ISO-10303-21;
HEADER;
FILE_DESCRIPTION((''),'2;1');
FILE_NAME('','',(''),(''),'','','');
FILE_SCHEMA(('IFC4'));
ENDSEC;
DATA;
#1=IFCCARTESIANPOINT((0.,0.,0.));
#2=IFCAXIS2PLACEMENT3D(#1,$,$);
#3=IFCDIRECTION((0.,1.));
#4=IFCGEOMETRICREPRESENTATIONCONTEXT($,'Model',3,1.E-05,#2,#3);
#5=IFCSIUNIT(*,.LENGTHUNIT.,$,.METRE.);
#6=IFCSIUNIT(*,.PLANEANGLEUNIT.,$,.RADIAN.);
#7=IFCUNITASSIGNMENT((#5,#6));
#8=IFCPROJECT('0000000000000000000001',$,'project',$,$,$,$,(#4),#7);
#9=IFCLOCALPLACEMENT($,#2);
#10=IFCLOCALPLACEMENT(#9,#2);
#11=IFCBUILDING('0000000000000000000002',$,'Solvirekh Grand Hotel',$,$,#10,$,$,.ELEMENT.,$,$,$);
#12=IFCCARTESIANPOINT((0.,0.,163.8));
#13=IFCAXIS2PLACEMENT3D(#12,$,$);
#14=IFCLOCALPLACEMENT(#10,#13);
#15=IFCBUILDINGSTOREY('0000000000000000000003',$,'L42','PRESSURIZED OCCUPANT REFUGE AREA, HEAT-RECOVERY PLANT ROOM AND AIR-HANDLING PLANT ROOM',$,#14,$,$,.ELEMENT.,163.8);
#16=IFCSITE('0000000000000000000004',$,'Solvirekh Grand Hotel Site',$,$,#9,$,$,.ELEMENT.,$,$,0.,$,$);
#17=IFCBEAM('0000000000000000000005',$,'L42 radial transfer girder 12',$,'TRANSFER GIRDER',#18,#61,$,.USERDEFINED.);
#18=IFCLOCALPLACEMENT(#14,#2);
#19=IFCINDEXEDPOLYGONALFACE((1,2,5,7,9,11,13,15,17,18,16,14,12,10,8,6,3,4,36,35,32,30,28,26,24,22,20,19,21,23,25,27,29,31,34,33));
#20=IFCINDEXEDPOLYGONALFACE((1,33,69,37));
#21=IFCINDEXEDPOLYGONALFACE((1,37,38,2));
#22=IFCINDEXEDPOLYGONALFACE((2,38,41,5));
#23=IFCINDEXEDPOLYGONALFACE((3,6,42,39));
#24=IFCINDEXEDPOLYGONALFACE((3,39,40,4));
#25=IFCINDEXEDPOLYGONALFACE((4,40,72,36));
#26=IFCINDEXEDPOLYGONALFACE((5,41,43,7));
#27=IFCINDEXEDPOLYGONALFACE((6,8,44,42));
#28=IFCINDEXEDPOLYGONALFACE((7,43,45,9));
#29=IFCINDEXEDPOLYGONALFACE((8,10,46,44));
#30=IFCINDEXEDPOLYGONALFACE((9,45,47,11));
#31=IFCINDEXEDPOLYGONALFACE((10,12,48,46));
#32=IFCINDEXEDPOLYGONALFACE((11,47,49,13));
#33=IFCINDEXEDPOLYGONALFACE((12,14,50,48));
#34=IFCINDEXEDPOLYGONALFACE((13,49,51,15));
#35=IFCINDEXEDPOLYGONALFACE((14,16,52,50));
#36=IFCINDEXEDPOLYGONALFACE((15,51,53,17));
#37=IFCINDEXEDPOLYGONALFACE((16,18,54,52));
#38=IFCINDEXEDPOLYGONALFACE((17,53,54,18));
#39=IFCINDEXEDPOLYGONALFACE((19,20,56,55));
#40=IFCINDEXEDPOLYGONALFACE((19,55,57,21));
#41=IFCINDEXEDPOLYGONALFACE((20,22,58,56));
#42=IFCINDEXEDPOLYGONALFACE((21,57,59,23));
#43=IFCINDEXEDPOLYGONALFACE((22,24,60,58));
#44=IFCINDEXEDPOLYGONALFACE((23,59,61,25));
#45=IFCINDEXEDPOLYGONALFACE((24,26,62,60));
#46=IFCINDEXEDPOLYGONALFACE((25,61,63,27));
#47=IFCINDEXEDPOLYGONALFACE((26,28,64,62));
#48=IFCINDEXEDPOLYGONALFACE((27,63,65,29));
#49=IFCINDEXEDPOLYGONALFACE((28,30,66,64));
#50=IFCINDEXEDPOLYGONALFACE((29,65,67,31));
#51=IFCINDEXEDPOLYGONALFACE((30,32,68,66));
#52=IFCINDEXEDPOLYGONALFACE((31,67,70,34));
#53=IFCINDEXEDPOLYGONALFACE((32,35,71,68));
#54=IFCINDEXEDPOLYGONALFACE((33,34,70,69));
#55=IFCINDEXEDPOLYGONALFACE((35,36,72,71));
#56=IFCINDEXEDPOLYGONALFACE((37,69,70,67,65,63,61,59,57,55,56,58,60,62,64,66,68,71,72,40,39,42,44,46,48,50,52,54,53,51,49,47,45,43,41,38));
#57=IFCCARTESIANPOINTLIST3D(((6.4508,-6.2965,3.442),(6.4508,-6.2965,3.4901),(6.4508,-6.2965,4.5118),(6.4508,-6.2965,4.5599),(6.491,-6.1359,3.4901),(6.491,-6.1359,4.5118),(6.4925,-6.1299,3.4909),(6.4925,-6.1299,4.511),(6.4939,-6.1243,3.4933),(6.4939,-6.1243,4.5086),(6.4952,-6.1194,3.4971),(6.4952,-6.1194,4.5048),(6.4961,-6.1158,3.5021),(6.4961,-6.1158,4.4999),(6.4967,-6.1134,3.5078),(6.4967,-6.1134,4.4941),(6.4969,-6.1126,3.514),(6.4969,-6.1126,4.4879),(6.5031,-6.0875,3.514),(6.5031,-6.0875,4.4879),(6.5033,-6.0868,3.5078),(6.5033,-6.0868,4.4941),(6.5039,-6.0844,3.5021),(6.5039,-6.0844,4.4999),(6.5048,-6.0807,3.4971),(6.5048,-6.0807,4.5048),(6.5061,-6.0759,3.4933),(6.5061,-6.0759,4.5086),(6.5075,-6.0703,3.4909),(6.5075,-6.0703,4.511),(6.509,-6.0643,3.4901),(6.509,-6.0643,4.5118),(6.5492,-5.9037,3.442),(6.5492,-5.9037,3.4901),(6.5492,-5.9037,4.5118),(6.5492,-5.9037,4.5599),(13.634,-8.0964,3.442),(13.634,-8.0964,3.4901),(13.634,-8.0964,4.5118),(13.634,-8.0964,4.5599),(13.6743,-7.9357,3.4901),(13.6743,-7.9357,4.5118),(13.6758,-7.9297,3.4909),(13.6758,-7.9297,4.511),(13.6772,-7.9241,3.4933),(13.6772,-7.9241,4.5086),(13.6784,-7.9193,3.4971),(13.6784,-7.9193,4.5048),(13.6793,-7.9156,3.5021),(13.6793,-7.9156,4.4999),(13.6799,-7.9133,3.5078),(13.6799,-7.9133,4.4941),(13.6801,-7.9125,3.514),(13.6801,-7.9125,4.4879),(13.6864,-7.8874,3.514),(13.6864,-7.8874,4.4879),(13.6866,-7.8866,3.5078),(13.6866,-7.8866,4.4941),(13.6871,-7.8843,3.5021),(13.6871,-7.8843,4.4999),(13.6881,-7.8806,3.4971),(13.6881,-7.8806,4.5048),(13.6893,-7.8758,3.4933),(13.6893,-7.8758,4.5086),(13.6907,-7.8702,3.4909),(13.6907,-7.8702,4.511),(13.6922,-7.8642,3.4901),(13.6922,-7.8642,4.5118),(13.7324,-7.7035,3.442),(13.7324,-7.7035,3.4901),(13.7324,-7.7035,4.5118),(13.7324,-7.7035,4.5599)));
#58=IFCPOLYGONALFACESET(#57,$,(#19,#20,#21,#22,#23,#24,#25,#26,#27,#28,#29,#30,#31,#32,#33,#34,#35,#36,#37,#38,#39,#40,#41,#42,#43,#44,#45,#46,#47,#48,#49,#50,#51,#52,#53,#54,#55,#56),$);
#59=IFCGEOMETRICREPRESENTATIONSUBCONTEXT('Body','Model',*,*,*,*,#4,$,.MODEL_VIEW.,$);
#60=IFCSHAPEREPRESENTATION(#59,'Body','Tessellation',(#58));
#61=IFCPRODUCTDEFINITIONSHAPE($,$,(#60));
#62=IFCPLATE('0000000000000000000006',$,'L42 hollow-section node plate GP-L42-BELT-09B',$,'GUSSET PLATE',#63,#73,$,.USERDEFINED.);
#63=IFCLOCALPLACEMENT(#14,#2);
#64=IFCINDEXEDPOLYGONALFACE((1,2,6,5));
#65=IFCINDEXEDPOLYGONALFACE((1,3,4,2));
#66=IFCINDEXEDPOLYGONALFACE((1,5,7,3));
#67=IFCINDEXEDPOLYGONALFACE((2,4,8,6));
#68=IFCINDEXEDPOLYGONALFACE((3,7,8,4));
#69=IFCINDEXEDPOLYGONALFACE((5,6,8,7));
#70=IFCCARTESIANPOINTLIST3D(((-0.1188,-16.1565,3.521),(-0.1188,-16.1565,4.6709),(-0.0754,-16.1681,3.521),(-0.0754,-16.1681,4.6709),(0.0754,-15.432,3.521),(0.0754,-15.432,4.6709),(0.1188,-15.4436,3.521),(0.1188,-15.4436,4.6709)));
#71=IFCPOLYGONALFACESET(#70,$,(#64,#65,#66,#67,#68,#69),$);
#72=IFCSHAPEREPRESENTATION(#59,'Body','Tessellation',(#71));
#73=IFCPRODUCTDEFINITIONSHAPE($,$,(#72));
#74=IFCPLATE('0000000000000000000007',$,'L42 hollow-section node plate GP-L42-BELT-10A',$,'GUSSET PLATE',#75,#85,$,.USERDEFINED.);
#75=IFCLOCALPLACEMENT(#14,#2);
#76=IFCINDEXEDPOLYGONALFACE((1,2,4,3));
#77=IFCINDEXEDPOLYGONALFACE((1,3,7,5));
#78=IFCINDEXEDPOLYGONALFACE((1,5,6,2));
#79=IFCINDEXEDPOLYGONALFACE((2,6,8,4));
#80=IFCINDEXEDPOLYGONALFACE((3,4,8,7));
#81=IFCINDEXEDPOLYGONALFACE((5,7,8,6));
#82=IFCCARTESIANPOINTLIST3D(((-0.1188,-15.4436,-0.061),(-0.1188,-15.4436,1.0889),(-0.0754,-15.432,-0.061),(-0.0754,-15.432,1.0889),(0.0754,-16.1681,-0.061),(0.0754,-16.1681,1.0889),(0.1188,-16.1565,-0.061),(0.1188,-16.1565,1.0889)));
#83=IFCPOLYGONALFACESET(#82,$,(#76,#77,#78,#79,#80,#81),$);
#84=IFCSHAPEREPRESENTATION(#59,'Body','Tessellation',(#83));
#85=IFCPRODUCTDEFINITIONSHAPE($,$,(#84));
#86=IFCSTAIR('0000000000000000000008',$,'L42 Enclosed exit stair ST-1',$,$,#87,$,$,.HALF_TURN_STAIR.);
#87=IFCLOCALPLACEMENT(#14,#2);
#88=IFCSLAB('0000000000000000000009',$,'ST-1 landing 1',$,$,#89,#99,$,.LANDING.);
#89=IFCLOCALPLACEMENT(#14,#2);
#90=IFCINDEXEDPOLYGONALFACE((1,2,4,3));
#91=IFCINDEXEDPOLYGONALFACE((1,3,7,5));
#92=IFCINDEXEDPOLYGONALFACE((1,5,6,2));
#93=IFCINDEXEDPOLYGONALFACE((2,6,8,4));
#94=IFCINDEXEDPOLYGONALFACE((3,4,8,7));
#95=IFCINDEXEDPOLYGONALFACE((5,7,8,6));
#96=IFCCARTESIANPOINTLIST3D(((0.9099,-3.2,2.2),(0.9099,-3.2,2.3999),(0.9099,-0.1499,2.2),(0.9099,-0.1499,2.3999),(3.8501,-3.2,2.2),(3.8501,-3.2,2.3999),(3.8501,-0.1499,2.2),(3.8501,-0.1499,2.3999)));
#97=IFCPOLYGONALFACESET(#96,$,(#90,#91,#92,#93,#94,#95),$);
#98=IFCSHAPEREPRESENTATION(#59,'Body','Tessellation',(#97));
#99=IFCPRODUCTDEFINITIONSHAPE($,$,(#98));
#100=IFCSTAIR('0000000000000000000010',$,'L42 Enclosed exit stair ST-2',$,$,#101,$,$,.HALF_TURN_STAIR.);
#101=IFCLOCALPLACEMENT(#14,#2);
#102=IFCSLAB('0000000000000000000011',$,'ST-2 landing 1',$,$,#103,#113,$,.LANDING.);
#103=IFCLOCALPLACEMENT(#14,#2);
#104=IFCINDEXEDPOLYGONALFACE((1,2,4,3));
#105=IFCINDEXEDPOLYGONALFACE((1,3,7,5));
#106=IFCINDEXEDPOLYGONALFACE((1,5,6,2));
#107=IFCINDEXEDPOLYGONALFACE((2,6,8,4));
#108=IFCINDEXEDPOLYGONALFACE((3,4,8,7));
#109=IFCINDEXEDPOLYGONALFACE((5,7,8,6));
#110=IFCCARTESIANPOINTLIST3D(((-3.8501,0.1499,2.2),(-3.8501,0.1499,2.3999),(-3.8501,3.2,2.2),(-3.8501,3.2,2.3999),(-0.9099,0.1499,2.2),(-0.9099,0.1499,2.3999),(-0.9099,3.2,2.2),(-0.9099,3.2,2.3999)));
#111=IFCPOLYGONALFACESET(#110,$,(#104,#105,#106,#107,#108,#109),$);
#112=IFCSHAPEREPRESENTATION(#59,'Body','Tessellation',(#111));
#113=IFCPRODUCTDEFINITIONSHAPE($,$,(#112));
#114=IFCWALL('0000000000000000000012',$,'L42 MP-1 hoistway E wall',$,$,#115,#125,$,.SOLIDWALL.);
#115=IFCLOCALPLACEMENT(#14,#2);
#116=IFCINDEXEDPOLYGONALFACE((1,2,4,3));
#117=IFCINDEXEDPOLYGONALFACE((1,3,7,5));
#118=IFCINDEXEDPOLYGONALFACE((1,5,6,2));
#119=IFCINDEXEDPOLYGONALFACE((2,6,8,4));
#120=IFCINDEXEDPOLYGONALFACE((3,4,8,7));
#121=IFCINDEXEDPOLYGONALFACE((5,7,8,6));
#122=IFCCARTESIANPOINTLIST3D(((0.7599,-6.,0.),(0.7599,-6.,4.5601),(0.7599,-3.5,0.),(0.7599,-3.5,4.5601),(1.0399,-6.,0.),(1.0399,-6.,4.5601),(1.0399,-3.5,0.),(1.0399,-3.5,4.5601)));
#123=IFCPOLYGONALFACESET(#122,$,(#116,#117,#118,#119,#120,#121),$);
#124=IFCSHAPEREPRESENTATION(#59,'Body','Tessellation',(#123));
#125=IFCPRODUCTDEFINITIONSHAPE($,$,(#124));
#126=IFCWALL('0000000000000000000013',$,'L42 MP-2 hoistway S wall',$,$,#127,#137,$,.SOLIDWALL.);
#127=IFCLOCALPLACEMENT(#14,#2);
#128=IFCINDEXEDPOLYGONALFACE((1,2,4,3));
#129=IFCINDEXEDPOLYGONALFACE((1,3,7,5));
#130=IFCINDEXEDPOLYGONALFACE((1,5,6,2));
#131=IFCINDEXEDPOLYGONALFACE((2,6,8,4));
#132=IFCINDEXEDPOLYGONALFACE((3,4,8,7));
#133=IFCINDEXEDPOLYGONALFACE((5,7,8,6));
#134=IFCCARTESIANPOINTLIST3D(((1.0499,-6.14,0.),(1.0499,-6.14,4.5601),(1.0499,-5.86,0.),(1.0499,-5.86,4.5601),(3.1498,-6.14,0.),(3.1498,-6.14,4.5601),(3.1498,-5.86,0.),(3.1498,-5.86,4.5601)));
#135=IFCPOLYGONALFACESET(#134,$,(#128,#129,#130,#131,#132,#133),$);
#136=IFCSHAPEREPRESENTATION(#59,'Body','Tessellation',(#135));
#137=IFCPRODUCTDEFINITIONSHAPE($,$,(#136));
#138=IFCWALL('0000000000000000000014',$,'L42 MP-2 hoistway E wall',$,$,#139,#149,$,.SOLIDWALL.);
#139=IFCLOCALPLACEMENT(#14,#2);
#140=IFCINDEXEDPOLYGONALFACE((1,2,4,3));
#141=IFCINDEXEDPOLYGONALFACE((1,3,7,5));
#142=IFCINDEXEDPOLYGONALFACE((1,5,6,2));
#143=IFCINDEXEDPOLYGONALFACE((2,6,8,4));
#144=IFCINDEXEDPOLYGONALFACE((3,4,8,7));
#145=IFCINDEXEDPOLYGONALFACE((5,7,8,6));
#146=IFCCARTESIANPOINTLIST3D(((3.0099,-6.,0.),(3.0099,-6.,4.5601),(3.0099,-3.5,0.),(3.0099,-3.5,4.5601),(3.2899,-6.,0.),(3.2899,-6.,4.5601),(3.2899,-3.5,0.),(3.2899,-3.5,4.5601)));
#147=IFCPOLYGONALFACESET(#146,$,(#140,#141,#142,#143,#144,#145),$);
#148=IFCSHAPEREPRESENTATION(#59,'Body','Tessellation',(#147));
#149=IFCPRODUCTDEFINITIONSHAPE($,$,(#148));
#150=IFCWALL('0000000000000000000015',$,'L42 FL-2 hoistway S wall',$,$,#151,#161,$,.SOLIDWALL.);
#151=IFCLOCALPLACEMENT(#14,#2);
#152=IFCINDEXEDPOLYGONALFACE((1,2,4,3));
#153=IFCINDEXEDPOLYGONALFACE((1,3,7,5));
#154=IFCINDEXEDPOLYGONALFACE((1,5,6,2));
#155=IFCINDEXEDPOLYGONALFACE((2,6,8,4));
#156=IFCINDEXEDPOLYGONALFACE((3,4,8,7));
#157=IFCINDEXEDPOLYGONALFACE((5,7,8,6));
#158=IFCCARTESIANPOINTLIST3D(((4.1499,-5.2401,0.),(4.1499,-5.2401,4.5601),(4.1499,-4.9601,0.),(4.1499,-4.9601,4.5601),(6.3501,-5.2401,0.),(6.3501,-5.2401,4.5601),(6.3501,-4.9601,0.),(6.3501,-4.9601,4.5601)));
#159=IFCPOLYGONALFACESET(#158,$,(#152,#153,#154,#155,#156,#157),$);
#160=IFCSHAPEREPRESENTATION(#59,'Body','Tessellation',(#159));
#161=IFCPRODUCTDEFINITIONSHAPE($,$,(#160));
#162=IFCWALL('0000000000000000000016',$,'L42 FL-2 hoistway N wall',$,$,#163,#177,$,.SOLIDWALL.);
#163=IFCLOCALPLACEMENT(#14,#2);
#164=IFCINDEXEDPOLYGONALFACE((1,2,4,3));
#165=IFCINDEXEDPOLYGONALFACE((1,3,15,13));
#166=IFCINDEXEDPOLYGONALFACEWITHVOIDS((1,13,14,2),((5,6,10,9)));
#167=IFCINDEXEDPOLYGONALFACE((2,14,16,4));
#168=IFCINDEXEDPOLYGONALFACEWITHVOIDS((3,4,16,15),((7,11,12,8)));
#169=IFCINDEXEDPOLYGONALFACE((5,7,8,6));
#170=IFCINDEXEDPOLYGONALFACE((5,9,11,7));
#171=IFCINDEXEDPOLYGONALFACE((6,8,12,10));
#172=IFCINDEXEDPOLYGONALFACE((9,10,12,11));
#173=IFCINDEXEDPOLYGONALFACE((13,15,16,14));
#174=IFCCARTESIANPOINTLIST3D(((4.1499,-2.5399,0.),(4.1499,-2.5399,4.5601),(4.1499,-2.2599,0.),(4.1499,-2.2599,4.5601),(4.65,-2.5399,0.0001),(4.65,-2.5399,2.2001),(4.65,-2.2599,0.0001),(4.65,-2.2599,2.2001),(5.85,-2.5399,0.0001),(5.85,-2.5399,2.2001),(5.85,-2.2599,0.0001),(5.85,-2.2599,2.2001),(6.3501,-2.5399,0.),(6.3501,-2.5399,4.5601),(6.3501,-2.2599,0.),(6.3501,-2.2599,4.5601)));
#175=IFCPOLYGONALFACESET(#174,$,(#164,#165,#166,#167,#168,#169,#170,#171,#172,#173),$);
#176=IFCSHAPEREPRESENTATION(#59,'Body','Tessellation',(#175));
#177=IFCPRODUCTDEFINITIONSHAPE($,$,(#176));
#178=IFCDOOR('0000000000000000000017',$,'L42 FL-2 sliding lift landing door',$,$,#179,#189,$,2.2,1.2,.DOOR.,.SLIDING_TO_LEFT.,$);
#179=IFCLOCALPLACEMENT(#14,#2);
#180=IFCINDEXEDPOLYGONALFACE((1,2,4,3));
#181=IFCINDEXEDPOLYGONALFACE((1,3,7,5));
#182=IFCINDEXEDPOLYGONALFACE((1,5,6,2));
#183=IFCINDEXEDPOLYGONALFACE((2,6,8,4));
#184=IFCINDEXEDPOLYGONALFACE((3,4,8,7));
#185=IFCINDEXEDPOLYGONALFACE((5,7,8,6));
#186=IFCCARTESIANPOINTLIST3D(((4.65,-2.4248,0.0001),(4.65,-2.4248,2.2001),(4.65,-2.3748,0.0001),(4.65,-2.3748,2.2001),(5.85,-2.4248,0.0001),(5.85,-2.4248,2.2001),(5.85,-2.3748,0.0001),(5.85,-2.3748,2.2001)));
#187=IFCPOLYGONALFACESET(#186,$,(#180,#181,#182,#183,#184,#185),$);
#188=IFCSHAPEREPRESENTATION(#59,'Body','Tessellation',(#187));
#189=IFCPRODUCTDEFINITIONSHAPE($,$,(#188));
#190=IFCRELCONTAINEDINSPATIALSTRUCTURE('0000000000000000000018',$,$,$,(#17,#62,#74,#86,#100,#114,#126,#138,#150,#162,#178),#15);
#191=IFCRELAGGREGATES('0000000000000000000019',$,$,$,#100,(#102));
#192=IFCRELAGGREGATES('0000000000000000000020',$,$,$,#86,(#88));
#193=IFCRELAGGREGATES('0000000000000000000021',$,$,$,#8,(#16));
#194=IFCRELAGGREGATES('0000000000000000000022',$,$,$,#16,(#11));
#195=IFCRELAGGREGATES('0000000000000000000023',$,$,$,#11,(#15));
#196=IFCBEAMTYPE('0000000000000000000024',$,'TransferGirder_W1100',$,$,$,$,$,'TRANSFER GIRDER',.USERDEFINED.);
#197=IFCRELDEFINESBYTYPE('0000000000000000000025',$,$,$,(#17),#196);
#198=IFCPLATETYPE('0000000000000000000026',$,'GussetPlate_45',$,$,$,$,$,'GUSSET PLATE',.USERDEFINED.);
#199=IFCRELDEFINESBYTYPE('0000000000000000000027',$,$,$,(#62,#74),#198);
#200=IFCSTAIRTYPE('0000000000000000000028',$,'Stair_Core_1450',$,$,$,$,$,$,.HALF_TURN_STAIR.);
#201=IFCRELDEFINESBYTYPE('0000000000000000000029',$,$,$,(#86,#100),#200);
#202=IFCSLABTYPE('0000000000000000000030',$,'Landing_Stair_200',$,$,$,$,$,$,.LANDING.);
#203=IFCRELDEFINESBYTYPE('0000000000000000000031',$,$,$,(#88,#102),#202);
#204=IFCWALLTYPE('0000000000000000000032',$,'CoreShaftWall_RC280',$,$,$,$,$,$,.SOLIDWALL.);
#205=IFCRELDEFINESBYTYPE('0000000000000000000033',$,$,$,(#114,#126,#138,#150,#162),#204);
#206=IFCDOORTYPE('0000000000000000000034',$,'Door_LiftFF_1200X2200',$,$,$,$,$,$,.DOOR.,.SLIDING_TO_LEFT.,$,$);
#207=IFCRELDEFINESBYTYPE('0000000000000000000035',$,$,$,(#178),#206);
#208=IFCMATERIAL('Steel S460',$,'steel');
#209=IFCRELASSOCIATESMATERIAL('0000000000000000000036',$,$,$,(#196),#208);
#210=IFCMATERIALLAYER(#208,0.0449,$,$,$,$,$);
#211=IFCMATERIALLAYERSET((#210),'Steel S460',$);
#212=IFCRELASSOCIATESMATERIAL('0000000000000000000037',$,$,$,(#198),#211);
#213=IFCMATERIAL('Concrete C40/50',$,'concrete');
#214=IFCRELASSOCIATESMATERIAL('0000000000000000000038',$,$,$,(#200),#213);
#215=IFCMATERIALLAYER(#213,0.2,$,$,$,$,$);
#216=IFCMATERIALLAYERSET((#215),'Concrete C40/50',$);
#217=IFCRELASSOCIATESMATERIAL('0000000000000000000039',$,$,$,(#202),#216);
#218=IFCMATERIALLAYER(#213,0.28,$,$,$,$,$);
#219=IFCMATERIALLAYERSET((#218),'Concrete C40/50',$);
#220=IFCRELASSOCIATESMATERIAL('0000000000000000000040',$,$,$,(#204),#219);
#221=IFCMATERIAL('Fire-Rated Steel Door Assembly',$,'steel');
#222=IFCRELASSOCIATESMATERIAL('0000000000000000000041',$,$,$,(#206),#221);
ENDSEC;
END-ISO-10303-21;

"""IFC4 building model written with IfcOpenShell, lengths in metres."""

from ifc_helpers import new_model, si_unit, direction, frame, frame_2d, origin, origin_2d, place, context, subcontext, project, spatial, polyline, rectangle, i_section, outline, extrude, material, layer, layer_set, material_profile, profile_set, type_object, element, fill, aggregate, save


model = new_model("IFC4")

# Units and contexts
model_context = context("Model", 3, precision=1e-05, world=origin(), true_north=direction((0.0, 1.0)))
body_context = subcontext(model_context, "Body", "Model", "MODEL_VIEW")
ifc_project = project(units=[si_unit("LENGTHUNIT", "METRE"), si_unit("PLANEANGLEUNIT", "RADIAN")], contexts=[model_context])

# Site, building, storey
site_placement = place(None, origin())
site = spatial("IfcSite", under=ifc_project, at=site_placement, Name="Solvirekh Grand Hotel Site", CompositionType="ELEMENT", RefElevation=0.0)
building_placement = place(site_placement, origin())
building = spatial("IfcBuilding", under=site, at=building_placement, Name="Solvirekh Grand Hotel", CompositionType="ELEMENT")
storey_placement = place(building_placement, frame((0.0, 0.0, 163.8)))
storey = spatial("IfcBuildingStorey", under=building, at=storey_placement, Name="L42", Description="PRESSURIZED OCCUPANT REFUGE AREA, HEAT-RECOVERY PLANT ROOM AND AIR-HANDLING PLANT ROOM", CompositionType="ELEMENT", Elevation=163.8)

# Shared definitions
ifc_material_1 = material(Name="Steel S460", Category="steel")

# Beam
ifc_material_profile_1 = material_profile(ifc_material_1, i_section(OverallWidth=0.405, OverallDepth=1.1179, WebThickness=0.0259, FlangeThickness=0.0481, FilletRadius=0.0239, at=origin_2d()), Name="W1100X499")
ifc_profile_set_1 = profile_set([ifc_material_profile_1], Name="Steel S460")
beam_type_1 = type_object("IfcBeamType", Name="TransferGirder_W1100", ElementType="TRANSFER GIRDER", PredefinedType="USERDEFINED", material=ifc_profile_set_1)
beam_1_placement = place(storey_placement, frame((6.5, -6.1001, 4.001), z_axis=(0.970014, -0.243048, 0.0), x_axis=(0.243048, 0.970014, 0.0)))
element("IfcBeam", 1, at=beam_1_placement, inside=storey, type_object=beam_type_1, Name="L42 radial transfer girder 12", ObjectType="TRANSFER GIRDER", PredefinedType="USERDEFINED", context=body_context, shape_type="SweptSolid", body=[
    extrude(i_section(OverallWidth=0.405, OverallDepth=1.1179, WebThickness=0.0259, FlangeThickness=0.0481, FilletRadius=0.0239, at=origin_2d()), origin(), (0.0, 0.0, 1.0), 7.4053),
])

# Plates
ifc_layer_1 = layer(ifc_material_1, 0.0449)
ifc_layer_set_1 = layer_set([ifc_layer_1], Name="Steel S460")
plate_type = type_object("IfcPlateType", Name="GussetPlate_45", ElementType="GUSSET PLATE", PredefinedType="USERDEFINED", material=ifc_layer_set_1)
for number, where, z_axis, x_axis, name in (
    (2, (0.0, -15.8, 3.521), (0.0, 0.0, 1.0), (0.965926, -0.258819, 0.0), "L42 hollow-section node plate GP-L42-BELT-09B"),
    (3, (0.0, -15.8, -0.061), (0.0, 0.0, 1.0), (0.965926, 0.258819, 0.0), "L42 hollow-section node plate GP-L42-BELT-10A"),
):
    element("IfcPlate", number, at=place(storey_placement, frame(where, z_axis=z_axis, x_axis=x_axis)), inside=storey, type_object=plate_type, Name=name, ObjectType="GUSSET PLATE", PredefinedType="USERDEFINED", context=body_context, shape_type="SweptSolid", body=[
        extrude(rectangle(XDim=0.0449, YDim=0.75, at=origin_2d()), origin(), (0.0, 0.0, 1.0), 1.1499),
    ])

# Stairs, slabs
ifc_material_2 = material(Name="Concrete C40/50", Category="concrete")
stair_type = type_object("IfcStairType", Name="Stair_Core_1450", PredefinedType="HALF_TURN_STAIR", material=ifc_material_2)
stair_1_placement = place(storey_placement, origin())
stair_1 = element("IfcStair", 4, at=stair_1_placement, inside=storey, type_object=stair_type, Name="L42 Enclosed exit stair ST-1", PredefinedType="HALF_TURN_STAIR")
ifc_layer_2 = layer(ifc_material_2, 0.2)
ifc_layer_set_2 = layer_set([ifc_layer_2], Name="Concrete C40/50")
slab_type = type_object("IfcSlabType", Name="Landing_Stair_200", PredefinedType="LANDING", material=ifc_layer_set_2)
slab_1_placement = place(storey_placement, frame((0.0, 0.0, 2.2)))
slab_1 = element("IfcSlab", 5, at=slab_1_placement, type_object=slab_type, Name="ST-1 landing 1", PredefinedType="LANDING", context=body_context, shape_type="SweptSolid", body=[
    extrude(outline(polyline([(0.9099, -3.2), (3.8501, -3.2), (3.8501, -0.1499), (0.9099, -0.1499), (0.9099, -3.2)])), origin(), (0.0, 0.0, 1.0), 0.2),
])
stair_2_placement = place(storey_placement, origin())
stair_2 = element("IfcStair", 6, at=stair_2_placement, inside=storey, type_object=stair_type, Name="L42 Enclosed exit stair ST-2", PredefinedType="HALF_TURN_STAIR")
slab_2_placement = place(storey_placement, frame((0.0, 0.0, 2.2)))
slab_2 = element("IfcSlab", 7, at=slab_2_placement, type_object=slab_type, Name="ST-2 landing 1", PredefinedType="LANDING", context=body_context, shape_type="SweptSolid", body=[
    extrude(outline(polyline([(-0.9099, 3.2), (-3.8501, 3.2), (-3.8501, 0.1499), (-0.9099, 0.1499), (-0.9099, 3.2)])), origin(), (0.0, 0.0, 1.0), 0.2),
])
aggregate(stair_2, [slab_2])

# Walls
ifc_layer_3 = layer(ifc_material_2, 0.28)
ifc_layer_set_3 = layer_set([ifc_layer_3], Name="Concrete C40/50")
wall_type_1 = type_object("IfcWallType", Name="CoreShaftWall_RC280", PredefinedType="SOLIDWALL", material=ifc_layer_set_3)
wall_1_placement = place(storey_placement, frame((0.8999, -6.0, 0.0), z_axis=(0.0, 0.0, 1.0), x_axis=(0.0, 1.0, 0.0)))
element("IfcWall", 8, at=wall_1_placement, inside=storey, type_object=wall_type_1, Name="L42 MP-1 hoistway E wall", PredefinedType="SOLIDWALL", context=body_context, shape_type="SweptSolid", body=[
    extrude(rectangle(XDim=2.5, YDim=0.28, at=frame_2d((1.25, 0.0))), origin(), (0.0, 0.0, 1.0), 4.5601),
])
wall_2_placement = place(storey_placement, frame((1.05, -6.0, 0.0), z_axis=(0.0, 0.0, 1.0), x_axis=(1.0, 0.0, 0.0)))
element("IfcWall", 9, at=wall_2_placement, inside=storey, type_object=wall_type_1, Name="L42 MP-2 hoistway S wall", PredefinedType="SOLIDWALL", context=body_context, shape_type="SweptSolid", body=[
    extrude(rectangle(XDim=2.0999, YDim=0.28, at=frame_2d((1.0498, 0.0))), origin(), (0.0, 0.0, 1.0), 4.5601),
])
wall_3_placement = place(storey_placement, frame((3.1499, -6.0, 0.0), z_axis=(0.0, 0.0, 1.0), x_axis=(0.0, 1.0, 0.0)))
element("IfcWall", 10, at=wall_3_placement, inside=storey, type_object=wall_type_1, Name="L42 MP-2 hoistway E wall", PredefinedType="SOLIDWALL", context=body_context, shape_type="SweptSolid", body=[
    extrude(rectangle(XDim=2.5, YDim=0.28, at=frame_2d((1.25, 0.0))), origin(), (0.0, 0.0, 1.0), 4.5601),
])
wall_4_placement = place(storey_placement, frame((4.1499, -5.1001, 0.0), z_axis=(0.0, 0.0, 1.0), x_axis=(1.0, 0.0, 0.0)))
element("IfcWall", 11, at=wall_4_placement, inside=storey, type_object=wall_type_1, Name="L42 FL-2 hoistway S wall", PredefinedType="SOLIDWALL", context=body_context, shape_type="SweptSolid", body=[
    extrude(rectangle(XDim=2.2002, YDim=0.28, at=frame_2d((1.1001, 0.0))), origin(), (0.0, 0.0, 1.0), 4.5601),
])

# Wall, opening, door
wall_5_placement = place(storey_placement, frame((6.3501, -2.3999, 0.0), z_axis=(0.0, 0.0, 1.0), x_axis=(-1.0, 0.0, 0.0)))
wall_5 = element("IfcWall", 12, at=wall_5_placement, inside=storey, type_object=wall_type_1, Name="L42 FL-2 hoistway N wall", PredefinedType="SOLIDWALL", context=body_context, shape_type="SweptSolid", body=[
    extrude(rectangle(XDim=2.2002, YDim=0.28, at=frame_2d((1.1001, 0.0))), origin(), (0.0, 0.0, 1.0), 4.5601),
])
opening_1_placement = place(wall_5_placement, frame((0.5, 0.0, 0.0)))
opening_1 = element("IfcOpeningElement", 13, at=opening_1_placement, cuts=wall_5, PredefinedType="OPENING", context=body_context, shape_type="SweptSolid", body=[
    extrude(rectangle(XDim=1.2, YDim=2.2, at=frame_2d((0.6001, 1.1001))), frame((0.0, 0.1499, 0.0), z_axis=(0.0, -1.0, 0.0), x_axis=(1.0, 0.0, 0.0)), (0.0, 0.0, 1.0), 0.3),
])
ifc_material_3 = material(Name="Fire-Rated Steel Door Assembly", Category="steel")
door_type_1 = type_object("IfcDoorType", Name="Door_LiftFF_1200X2200", OperationType="SLIDING_TO_LEFT", PredefinedType="DOOR", material=ifc_material_3)
door_1_placement = place(opening_1_placement, origin())
door_1 = element("IfcDoor", 14, at=door_1_placement, inside=storey, type_object=door_type_1, Name="L42 FL-2 sliding lift landing door", OperationType="SLIDING_TO_LEFT", OverallHeight=2.2, OverallWidth=1.2, PredefinedType="DOOR", context=body_context, shape_type="SweptSolid", body=[
    extrude(rectangle(XDim=1.2, YDim=2.2, at=frame_2d((0.6001, 1.1001))), frame((0.0, 0.0249, 0.0), z_axis=(0.0, -1.0, 0.0), x_axis=(1.0, 0.0, 0.0)), (0.0, 0.0, 1.0), 0.05),
])
fill(opening_1, door_1)

aggregate(stair_1, [slab_1])

save(model, "model.ifc")
